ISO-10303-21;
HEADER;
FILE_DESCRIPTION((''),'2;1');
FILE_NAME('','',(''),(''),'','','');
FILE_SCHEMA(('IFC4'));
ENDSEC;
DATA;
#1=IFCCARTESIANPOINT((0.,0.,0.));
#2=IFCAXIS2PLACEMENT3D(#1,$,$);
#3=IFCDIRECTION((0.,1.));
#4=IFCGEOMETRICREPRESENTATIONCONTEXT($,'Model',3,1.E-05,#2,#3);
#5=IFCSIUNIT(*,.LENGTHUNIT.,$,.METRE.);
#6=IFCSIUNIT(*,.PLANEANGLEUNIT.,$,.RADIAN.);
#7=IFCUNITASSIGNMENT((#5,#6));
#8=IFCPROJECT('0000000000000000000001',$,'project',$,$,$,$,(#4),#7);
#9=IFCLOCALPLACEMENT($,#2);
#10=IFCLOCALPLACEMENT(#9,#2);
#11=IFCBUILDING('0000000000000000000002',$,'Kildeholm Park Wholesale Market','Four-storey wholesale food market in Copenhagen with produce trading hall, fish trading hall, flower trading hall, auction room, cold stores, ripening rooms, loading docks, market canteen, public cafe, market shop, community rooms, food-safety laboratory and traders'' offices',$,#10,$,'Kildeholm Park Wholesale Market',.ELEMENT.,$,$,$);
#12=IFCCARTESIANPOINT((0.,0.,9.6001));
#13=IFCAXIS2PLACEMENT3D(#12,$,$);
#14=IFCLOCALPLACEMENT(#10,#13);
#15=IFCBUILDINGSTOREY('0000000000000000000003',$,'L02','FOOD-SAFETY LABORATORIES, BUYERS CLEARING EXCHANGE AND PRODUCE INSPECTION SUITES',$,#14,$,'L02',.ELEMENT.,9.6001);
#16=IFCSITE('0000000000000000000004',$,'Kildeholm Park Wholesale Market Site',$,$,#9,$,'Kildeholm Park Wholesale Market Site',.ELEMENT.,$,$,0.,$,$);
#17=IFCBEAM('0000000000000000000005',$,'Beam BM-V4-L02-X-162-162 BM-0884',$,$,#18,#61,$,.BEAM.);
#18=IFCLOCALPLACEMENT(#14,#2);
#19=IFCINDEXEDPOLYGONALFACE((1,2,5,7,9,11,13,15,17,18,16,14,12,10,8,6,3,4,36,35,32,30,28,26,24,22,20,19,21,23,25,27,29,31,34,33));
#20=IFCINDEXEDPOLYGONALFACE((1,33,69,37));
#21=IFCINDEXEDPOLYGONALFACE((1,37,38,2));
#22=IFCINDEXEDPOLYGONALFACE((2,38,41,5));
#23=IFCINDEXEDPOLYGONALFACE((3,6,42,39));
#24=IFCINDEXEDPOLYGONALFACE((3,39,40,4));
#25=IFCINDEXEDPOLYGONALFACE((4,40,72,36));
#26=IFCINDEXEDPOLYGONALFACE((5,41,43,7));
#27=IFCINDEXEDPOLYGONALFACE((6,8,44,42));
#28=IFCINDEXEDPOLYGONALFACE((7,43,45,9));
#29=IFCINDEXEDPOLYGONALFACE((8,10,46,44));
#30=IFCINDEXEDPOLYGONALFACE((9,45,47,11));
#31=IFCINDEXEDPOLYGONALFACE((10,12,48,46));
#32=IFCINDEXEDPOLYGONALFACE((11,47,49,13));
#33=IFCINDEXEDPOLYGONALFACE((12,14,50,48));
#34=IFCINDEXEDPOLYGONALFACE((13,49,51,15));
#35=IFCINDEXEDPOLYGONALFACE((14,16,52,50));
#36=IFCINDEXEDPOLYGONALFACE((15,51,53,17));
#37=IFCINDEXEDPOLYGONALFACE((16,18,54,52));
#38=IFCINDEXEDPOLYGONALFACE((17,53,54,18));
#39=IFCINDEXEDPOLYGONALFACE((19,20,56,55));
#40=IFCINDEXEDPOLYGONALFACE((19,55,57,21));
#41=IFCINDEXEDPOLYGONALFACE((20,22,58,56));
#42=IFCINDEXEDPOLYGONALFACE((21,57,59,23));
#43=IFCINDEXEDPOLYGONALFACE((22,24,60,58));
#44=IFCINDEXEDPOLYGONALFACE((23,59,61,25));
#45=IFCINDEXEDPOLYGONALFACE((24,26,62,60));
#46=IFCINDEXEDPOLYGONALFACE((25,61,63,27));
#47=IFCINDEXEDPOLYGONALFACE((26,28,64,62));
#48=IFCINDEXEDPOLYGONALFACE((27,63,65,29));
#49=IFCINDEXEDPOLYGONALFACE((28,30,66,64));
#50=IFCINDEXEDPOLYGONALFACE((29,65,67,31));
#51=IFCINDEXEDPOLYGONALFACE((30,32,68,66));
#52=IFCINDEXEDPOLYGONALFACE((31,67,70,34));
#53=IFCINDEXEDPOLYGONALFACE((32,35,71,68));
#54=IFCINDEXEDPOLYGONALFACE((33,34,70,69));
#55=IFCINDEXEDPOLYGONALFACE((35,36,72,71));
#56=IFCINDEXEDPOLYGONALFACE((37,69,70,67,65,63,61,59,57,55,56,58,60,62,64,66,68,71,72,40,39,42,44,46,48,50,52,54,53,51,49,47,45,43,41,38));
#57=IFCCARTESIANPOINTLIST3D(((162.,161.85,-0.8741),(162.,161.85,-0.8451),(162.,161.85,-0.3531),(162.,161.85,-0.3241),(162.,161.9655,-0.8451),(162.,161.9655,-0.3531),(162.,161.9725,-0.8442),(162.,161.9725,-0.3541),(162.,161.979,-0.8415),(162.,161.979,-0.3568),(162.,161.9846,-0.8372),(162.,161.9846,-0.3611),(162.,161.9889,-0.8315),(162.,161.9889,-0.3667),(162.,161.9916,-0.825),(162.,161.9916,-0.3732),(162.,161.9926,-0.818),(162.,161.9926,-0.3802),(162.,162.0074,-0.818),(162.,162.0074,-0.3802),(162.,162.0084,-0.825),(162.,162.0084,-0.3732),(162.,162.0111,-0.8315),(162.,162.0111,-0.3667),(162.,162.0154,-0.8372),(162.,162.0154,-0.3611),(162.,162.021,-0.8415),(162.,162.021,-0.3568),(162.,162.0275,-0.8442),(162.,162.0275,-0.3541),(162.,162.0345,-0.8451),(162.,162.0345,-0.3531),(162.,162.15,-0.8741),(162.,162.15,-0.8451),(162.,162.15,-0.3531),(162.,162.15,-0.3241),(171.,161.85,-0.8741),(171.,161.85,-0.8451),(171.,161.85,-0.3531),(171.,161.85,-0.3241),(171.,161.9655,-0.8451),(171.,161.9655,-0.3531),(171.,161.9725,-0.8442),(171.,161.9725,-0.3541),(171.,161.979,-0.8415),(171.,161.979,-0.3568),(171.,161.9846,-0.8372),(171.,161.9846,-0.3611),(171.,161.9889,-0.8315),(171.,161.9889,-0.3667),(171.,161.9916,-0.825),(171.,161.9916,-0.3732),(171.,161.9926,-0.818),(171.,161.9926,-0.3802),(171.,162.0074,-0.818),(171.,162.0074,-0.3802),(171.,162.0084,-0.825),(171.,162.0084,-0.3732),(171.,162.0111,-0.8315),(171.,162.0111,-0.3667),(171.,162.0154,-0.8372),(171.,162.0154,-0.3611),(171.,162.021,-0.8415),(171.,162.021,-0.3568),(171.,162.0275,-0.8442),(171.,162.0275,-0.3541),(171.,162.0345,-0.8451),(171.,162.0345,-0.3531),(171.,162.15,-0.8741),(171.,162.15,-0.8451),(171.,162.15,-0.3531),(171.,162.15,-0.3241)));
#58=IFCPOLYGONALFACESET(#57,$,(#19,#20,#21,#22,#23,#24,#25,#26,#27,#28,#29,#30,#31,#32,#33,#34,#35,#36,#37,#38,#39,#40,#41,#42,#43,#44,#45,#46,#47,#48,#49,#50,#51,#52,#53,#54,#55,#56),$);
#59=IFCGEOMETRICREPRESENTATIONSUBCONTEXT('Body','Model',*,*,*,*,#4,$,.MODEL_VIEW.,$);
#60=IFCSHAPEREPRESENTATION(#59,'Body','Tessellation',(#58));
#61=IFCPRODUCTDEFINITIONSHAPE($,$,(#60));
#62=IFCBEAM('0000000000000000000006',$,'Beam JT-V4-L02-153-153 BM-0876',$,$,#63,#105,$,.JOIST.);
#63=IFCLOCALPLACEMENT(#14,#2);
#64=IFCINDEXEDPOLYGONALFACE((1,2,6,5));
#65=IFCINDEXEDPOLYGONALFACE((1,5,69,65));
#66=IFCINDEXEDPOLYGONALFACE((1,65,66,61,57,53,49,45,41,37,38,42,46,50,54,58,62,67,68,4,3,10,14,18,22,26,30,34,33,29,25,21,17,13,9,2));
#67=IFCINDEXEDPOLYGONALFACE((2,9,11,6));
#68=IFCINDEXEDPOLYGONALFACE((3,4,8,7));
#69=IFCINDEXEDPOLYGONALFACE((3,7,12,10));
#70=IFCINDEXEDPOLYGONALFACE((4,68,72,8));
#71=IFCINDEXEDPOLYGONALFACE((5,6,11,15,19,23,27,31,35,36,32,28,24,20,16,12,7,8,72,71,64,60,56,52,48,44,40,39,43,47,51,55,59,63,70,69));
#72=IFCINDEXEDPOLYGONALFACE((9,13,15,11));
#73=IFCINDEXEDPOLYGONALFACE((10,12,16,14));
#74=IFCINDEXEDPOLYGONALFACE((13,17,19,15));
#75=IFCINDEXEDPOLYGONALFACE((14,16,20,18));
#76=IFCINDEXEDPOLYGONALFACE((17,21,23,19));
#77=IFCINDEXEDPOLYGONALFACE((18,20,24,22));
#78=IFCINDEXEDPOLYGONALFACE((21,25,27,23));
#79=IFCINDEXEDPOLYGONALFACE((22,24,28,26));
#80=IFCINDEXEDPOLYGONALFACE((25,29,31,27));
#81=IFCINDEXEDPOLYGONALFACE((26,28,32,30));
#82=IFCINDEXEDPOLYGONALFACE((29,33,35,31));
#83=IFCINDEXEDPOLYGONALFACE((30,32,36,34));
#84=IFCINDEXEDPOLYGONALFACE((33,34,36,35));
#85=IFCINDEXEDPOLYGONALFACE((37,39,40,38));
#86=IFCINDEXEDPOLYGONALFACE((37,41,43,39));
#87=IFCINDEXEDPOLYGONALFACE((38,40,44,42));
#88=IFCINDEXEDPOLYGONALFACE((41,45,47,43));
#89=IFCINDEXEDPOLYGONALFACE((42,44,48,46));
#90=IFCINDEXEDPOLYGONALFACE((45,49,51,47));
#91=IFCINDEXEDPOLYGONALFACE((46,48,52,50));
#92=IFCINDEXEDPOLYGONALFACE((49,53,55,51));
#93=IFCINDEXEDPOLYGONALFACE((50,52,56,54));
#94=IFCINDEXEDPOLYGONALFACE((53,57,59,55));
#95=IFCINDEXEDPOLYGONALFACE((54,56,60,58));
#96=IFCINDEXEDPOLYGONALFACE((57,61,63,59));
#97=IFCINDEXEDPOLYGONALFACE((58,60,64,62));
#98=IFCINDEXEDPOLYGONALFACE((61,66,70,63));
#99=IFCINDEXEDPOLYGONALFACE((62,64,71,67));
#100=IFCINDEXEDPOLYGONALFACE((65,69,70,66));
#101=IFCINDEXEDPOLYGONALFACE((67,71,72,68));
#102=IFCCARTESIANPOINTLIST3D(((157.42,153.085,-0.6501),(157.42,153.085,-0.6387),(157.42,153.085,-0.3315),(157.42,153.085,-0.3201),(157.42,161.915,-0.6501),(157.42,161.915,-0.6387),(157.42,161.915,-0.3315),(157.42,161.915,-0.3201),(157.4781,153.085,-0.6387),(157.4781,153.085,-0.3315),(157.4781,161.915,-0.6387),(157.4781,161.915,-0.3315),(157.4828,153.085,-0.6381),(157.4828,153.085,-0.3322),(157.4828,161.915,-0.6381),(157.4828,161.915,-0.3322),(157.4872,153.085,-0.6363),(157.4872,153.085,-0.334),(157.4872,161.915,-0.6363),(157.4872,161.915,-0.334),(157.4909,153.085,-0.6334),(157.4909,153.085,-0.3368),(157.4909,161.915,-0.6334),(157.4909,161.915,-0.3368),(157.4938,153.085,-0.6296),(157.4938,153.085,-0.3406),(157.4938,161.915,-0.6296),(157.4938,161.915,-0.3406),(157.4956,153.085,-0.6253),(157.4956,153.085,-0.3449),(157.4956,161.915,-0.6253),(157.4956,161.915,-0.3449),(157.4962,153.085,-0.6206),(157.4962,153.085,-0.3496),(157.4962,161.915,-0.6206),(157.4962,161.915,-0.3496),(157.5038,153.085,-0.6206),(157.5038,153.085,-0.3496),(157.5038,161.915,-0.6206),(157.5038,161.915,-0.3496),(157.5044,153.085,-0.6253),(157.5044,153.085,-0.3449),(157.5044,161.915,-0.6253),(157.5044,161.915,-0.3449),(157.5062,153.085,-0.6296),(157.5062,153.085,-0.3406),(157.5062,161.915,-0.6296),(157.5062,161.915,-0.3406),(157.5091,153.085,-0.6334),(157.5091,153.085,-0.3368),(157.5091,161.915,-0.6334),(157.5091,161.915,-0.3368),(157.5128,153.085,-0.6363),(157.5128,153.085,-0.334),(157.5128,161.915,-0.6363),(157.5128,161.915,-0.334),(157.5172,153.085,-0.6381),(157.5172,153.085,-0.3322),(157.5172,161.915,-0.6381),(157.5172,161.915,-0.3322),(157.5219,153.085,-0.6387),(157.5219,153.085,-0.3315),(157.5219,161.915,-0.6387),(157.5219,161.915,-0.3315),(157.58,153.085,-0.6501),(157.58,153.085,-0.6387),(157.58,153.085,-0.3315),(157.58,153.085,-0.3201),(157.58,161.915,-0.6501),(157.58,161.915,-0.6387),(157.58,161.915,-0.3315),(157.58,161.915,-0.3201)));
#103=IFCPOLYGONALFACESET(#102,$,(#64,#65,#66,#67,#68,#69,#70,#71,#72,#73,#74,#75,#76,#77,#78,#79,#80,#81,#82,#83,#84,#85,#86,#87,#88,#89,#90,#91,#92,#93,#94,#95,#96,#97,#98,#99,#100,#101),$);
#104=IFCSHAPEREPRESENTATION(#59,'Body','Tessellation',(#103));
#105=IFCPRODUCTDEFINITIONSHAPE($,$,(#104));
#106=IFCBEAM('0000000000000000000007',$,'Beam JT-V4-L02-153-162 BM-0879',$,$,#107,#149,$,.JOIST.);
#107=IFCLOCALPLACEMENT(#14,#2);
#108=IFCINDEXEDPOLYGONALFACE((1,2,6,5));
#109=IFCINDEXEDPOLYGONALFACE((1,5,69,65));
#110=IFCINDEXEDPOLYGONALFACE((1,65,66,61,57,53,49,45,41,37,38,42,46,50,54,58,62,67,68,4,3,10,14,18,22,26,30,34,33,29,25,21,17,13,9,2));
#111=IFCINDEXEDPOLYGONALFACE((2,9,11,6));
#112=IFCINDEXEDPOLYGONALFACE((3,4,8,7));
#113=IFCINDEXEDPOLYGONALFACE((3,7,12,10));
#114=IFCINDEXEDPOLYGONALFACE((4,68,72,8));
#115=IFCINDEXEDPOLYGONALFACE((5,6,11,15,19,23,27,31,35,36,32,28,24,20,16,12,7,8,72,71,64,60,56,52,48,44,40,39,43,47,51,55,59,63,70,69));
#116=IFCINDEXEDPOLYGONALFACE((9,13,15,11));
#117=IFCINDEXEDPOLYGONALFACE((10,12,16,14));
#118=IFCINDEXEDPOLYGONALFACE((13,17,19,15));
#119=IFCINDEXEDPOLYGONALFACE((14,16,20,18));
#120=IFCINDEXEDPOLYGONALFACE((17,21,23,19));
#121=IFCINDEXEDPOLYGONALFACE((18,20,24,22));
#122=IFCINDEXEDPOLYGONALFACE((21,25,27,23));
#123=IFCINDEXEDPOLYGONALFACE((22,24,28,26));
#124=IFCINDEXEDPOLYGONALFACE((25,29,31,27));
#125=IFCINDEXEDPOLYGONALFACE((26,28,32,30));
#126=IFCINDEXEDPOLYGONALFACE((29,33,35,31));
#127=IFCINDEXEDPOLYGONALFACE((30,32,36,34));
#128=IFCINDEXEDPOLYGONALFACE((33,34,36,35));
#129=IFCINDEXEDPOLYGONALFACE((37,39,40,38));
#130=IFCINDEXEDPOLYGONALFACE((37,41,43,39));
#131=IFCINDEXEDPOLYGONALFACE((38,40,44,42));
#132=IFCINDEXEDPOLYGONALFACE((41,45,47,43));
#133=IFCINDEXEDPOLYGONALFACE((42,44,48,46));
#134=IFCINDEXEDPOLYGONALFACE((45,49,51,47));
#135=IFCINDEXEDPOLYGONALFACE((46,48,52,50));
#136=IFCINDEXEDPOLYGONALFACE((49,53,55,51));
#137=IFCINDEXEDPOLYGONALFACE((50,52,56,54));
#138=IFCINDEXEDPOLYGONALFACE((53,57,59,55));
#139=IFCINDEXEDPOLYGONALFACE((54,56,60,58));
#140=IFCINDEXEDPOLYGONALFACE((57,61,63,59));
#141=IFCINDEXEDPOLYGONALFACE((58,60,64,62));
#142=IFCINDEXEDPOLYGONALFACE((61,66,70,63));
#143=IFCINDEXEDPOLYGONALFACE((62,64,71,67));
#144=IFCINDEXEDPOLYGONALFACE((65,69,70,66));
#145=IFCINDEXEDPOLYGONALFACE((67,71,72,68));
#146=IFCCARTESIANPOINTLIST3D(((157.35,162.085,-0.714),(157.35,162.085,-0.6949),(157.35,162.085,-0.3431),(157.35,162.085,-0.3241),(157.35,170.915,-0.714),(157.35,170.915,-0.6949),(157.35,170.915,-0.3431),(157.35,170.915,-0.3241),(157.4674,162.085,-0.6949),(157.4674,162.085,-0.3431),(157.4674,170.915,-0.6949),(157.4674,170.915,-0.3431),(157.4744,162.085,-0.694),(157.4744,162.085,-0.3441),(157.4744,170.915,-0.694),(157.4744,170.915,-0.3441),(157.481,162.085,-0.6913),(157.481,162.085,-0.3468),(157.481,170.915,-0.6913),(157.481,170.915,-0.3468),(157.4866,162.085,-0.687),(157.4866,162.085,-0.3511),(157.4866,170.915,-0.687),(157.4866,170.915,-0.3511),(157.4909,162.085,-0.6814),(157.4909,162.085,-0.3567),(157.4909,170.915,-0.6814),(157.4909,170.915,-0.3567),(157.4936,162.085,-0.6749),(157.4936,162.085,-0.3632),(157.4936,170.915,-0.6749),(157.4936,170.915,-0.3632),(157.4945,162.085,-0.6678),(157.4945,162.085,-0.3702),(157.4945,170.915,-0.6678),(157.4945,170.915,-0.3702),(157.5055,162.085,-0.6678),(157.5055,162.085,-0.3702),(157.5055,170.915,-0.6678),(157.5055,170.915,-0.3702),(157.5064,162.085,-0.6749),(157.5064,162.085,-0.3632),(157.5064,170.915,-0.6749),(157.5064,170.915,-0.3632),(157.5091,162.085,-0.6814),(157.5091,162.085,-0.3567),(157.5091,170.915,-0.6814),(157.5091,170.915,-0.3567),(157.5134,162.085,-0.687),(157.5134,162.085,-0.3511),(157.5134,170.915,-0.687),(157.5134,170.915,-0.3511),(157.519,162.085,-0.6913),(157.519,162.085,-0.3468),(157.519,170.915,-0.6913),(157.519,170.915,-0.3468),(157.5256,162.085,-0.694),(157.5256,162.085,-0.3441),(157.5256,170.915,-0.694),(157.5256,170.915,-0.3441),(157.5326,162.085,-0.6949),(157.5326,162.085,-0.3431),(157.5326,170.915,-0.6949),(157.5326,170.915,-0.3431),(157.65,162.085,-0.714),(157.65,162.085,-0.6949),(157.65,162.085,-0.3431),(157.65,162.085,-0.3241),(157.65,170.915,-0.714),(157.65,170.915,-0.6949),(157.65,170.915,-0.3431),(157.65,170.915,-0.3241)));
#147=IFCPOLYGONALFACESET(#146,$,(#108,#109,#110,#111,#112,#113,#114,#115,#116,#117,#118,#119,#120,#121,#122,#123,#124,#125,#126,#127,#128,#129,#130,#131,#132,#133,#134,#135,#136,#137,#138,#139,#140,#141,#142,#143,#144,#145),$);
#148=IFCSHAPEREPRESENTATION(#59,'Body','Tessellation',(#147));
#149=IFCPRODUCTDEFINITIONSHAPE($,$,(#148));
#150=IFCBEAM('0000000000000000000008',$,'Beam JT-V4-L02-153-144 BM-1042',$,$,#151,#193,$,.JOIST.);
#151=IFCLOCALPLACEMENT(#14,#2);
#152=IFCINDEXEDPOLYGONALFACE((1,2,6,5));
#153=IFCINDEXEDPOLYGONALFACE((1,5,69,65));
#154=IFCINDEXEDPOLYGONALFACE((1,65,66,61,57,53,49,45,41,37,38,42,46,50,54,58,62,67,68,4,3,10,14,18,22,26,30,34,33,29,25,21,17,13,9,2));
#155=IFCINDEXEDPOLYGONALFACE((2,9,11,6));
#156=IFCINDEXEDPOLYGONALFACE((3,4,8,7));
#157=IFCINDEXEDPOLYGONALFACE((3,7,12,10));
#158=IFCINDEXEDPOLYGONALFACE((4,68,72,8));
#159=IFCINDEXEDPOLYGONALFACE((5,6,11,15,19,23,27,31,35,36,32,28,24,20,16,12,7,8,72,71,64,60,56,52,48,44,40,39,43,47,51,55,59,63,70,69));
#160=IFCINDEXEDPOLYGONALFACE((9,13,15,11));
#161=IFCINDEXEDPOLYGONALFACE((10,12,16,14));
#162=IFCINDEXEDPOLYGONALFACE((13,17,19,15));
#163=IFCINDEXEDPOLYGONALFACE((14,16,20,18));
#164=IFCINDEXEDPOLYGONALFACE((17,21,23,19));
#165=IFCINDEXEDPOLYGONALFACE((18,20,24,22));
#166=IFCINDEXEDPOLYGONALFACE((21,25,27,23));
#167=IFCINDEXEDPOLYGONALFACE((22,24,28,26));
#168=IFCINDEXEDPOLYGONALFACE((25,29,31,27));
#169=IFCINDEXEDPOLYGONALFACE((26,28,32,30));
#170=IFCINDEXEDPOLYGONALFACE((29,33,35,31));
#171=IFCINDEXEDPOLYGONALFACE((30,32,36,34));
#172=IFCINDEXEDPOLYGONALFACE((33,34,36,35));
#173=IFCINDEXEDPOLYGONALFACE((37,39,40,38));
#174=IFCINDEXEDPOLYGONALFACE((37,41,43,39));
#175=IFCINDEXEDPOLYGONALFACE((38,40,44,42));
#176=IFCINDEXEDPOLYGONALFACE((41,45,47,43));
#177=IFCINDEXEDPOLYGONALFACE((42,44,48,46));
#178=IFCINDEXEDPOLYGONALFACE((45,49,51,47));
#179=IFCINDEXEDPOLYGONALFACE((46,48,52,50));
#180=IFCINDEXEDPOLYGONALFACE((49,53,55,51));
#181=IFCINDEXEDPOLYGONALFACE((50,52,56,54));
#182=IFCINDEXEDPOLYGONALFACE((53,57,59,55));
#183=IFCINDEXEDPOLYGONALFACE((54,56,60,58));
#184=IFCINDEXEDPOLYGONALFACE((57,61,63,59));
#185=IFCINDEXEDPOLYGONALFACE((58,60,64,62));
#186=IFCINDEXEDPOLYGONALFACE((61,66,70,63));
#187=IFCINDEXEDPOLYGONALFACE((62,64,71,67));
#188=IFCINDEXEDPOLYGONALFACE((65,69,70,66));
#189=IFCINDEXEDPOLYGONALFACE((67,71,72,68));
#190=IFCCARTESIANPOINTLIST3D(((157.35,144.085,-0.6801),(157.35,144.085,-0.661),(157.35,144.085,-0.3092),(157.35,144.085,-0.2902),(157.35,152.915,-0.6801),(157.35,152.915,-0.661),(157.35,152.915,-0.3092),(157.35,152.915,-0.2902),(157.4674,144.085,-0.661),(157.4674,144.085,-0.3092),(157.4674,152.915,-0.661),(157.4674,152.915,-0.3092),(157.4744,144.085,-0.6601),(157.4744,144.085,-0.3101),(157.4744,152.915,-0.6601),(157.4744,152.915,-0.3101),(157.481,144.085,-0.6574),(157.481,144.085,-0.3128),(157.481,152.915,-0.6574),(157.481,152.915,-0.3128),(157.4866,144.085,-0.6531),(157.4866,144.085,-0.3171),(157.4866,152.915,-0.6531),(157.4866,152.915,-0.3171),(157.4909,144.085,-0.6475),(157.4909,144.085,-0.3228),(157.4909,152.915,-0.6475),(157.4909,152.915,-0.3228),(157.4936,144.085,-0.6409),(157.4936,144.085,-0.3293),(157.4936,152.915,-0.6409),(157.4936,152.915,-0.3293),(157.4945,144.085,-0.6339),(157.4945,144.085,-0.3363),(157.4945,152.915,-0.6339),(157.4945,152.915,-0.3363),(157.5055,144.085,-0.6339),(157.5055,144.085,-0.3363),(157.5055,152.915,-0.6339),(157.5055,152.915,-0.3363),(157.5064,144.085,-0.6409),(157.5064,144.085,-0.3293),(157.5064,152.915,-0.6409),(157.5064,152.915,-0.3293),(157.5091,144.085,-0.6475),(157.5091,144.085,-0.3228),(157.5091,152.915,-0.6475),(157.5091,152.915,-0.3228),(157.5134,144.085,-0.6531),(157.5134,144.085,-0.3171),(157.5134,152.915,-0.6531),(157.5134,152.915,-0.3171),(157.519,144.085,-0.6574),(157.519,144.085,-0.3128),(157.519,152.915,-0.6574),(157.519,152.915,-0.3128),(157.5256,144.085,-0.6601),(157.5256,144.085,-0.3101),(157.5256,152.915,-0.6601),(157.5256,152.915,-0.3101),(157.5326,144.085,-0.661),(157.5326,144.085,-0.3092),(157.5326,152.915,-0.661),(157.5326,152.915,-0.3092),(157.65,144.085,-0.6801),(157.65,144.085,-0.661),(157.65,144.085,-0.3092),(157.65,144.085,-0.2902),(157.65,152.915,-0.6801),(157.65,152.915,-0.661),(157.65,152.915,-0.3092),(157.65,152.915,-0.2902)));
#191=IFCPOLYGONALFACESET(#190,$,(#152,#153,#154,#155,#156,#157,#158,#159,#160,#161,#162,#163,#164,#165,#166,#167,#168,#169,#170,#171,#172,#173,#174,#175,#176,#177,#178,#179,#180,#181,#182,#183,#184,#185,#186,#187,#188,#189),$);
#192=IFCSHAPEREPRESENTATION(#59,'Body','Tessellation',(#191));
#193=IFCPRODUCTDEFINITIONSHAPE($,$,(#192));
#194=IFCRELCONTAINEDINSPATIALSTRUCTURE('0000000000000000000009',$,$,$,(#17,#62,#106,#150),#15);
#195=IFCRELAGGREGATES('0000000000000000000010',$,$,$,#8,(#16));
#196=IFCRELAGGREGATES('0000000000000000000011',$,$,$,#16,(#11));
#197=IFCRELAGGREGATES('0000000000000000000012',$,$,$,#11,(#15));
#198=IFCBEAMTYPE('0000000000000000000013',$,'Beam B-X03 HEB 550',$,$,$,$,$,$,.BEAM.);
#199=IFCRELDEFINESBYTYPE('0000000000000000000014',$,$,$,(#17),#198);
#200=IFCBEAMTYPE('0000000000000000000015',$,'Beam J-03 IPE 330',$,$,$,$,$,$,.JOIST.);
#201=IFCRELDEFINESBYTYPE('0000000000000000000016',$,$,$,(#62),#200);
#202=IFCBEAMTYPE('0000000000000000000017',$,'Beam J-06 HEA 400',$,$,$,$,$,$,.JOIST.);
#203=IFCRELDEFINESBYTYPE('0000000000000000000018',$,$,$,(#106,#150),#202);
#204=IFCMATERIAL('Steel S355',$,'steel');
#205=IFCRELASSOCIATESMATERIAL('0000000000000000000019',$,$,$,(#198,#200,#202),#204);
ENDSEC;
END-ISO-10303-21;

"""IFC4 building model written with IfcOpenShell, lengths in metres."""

from ifc_helpers import new_model, si_unit, direction, frame, origin, origin_2d, place, context, subcontext, project, spatial, i_section, extrude, material, material_profile, profile_set, type_object, element, save


model = new_model("IFC4")

# Units and contexts
model_context = context("Model", 3, precision=1e-05, world=origin(), true_north=direction((0.0, 1.0)))
body_context = subcontext(model_context, "Body", "Model", "MODEL_VIEW")
ifc_project = project(units=[si_unit("LENGTHUNIT", "METRE"), si_unit("PLANEANGLEUNIT", "RADIAN")], contexts=[model_context])

# Site, building, storey
site_placement = place(None, origin())
site = spatial("IfcSite", under=ifc_project, at=site_placement, Name="Kildeholm Park Wholesale Market Site", LongName="Kildeholm Park Wholesale Market Site", CompositionType="ELEMENT", RefElevation=0.0)
building_placement = place(site_placement, origin())
building = spatial("IfcBuilding", under=site, at=building_placement, Name="Kildeholm Park Wholesale Market", Description="Four-storey wholesale food market in Copenhagen with produce trading hall, fish trading hall, flower trading hall, auction room, cold stores, ripening rooms, loading docks, market canteen, public cafe, market shop, community rooms, food-safety laboratory and traders' offices", LongName="Kildeholm Park Wholesale Market", CompositionType="ELEMENT")
storey_placement = place(building_placement, frame((0.0, 0.0, 9.6001)))
storey = spatial("IfcBuildingStorey", under=building, at=storey_placement, Name="L02", Description="FOOD-SAFETY LABORATORIES, BUYERS CLEARING EXCHANGE AND PRODUCE INSPECTION SUITES", LongName="L02", CompositionType="ELEMENT", Elevation=9.6001)

# Beams
ifc_material_1 = material(Name="Steel S355", Category="steel")
ifc_material_profile_1 = material_profile(ifc_material_1, i_section(OverallWidth=0.3, OverallDepth=0.55, WebThickness=0.0149, FlangeThickness=0.0291, FilletRadius=0.0271, at=origin_2d()), Name="HEB 550")
ifc_profile_set_1 = profile_set([ifc_material_profile_1], Name="Steel S355")
beam_type_1 = type_object("IfcBeamType", Name="Beam B-X03 HEB 550", PredefinedType="BEAM", material=ifc_profile_set_1)
beam_1_placement = place(storey_placement, frame((162.0, 162.0, -0.5991), z_axis=(1.0, 0.0, 0.0), x_axis=(0.0, 1.0, 0.0)))
element("IfcBeam", 1, at=beam_1_placement, inside=storey, type_object=beam_type_1, Name="Beam BM-V4-L02-X-162-162 BM-0884", PredefinedType="BEAM", context=body_context, shape_type="SweptSolid", body=[
    extrude(i_section(OverallWidth=0.3, OverallDepth=0.55, WebThickness=0.0149, FlangeThickness=0.0291, FilletRadius=0.0271, at=origin_2d()), origin(), (0.0, 0.0, 1.0), 9.0),
])
ifc_material_profile_2 = material_profile(ifc_material_1, i_section(OverallWidth=0.1599, OverallDepth=0.3301, WebThickness=0.0076, FlangeThickness=0.0115, FilletRadius=0.0181, at=origin_2d()), Name="IPE 330")
ifc_profile_set_2 = profile_set([ifc_material_profile_2], Name="Steel S355")
beam_type_2 = type_object("IfcBeamType", Name="Beam J-03 IPE 330", PredefinedType="JOIST", material=ifc_profile_set_2)
beam_2_placement = place(storey_placement, frame((157.5, 153.085, -0.4851), z_axis=(0.0, 1.0, 0.0), x_axis=(-1.0, 0.0, 0.0)))
element("IfcBeam", 2, at=beam_2_placement, inside=storey, type_object=beam_type_2, Name="Beam JT-V4-L02-153-153 BM-0876", PredefinedType="JOIST", context=body_context, shape_type="SweptSolid", body=[
    extrude(i_section(OverallWidth=0.1599, OverallDepth=0.3301, WebThickness=0.0076, FlangeThickness=0.0115, FilletRadius=0.0181, at=origin_2d()), origin(), (0.0, 0.0, 1.0), 8.8301),
])
ifc_material_profile_3 = material_profile(ifc_material_1, i_section(OverallWidth=0.3, OverallDepth=0.3899, WebThickness=0.011, FlangeThickness=0.019, FilletRadius=0.0271, at=origin_2d()), Name="HEA 400")
ifc_profile_set_3 = profile_set([ifc_material_profile_3], Name="Steel S355")
beam_type_3 = type_object("IfcBeamType", Name="Beam J-06 HEA 400", PredefinedType="JOIST", material=ifc_profile_set_3)
for number, where, z_axis, x_axis, name in (
    (3, (157.5, 162.085, -0.519), (0.0, 1.0, 0.0), (-1.0, 0.0, 0.0), "Beam JT-V4-L02-153-162 BM-0879"),
    (4, (157.5, 144.085, -0.4851), (0.0, 1.0, 0.0), (-1.0, 0.0, 0.0), "Beam JT-V4-L02-153-144 BM-1042"),
):
    element("IfcBeam", number, at=place(storey_placement, frame(where, z_axis=z_axis, x_axis=x_axis)), inside=storey, type_object=beam_type_3, Name=name, PredefinedType="JOIST", context=body_context, shape_type="SweptSolid", body=[
        extrude(i_section(OverallWidth=0.3, OverallDepth=0.3899, WebThickness=0.011, FlangeThickness=0.019, FilletRadius=0.0271, at=origin_2d()), origin(), (0.0, 0.0, 1.0), 8.8301),
    ])

save(model, "model.ifc")
